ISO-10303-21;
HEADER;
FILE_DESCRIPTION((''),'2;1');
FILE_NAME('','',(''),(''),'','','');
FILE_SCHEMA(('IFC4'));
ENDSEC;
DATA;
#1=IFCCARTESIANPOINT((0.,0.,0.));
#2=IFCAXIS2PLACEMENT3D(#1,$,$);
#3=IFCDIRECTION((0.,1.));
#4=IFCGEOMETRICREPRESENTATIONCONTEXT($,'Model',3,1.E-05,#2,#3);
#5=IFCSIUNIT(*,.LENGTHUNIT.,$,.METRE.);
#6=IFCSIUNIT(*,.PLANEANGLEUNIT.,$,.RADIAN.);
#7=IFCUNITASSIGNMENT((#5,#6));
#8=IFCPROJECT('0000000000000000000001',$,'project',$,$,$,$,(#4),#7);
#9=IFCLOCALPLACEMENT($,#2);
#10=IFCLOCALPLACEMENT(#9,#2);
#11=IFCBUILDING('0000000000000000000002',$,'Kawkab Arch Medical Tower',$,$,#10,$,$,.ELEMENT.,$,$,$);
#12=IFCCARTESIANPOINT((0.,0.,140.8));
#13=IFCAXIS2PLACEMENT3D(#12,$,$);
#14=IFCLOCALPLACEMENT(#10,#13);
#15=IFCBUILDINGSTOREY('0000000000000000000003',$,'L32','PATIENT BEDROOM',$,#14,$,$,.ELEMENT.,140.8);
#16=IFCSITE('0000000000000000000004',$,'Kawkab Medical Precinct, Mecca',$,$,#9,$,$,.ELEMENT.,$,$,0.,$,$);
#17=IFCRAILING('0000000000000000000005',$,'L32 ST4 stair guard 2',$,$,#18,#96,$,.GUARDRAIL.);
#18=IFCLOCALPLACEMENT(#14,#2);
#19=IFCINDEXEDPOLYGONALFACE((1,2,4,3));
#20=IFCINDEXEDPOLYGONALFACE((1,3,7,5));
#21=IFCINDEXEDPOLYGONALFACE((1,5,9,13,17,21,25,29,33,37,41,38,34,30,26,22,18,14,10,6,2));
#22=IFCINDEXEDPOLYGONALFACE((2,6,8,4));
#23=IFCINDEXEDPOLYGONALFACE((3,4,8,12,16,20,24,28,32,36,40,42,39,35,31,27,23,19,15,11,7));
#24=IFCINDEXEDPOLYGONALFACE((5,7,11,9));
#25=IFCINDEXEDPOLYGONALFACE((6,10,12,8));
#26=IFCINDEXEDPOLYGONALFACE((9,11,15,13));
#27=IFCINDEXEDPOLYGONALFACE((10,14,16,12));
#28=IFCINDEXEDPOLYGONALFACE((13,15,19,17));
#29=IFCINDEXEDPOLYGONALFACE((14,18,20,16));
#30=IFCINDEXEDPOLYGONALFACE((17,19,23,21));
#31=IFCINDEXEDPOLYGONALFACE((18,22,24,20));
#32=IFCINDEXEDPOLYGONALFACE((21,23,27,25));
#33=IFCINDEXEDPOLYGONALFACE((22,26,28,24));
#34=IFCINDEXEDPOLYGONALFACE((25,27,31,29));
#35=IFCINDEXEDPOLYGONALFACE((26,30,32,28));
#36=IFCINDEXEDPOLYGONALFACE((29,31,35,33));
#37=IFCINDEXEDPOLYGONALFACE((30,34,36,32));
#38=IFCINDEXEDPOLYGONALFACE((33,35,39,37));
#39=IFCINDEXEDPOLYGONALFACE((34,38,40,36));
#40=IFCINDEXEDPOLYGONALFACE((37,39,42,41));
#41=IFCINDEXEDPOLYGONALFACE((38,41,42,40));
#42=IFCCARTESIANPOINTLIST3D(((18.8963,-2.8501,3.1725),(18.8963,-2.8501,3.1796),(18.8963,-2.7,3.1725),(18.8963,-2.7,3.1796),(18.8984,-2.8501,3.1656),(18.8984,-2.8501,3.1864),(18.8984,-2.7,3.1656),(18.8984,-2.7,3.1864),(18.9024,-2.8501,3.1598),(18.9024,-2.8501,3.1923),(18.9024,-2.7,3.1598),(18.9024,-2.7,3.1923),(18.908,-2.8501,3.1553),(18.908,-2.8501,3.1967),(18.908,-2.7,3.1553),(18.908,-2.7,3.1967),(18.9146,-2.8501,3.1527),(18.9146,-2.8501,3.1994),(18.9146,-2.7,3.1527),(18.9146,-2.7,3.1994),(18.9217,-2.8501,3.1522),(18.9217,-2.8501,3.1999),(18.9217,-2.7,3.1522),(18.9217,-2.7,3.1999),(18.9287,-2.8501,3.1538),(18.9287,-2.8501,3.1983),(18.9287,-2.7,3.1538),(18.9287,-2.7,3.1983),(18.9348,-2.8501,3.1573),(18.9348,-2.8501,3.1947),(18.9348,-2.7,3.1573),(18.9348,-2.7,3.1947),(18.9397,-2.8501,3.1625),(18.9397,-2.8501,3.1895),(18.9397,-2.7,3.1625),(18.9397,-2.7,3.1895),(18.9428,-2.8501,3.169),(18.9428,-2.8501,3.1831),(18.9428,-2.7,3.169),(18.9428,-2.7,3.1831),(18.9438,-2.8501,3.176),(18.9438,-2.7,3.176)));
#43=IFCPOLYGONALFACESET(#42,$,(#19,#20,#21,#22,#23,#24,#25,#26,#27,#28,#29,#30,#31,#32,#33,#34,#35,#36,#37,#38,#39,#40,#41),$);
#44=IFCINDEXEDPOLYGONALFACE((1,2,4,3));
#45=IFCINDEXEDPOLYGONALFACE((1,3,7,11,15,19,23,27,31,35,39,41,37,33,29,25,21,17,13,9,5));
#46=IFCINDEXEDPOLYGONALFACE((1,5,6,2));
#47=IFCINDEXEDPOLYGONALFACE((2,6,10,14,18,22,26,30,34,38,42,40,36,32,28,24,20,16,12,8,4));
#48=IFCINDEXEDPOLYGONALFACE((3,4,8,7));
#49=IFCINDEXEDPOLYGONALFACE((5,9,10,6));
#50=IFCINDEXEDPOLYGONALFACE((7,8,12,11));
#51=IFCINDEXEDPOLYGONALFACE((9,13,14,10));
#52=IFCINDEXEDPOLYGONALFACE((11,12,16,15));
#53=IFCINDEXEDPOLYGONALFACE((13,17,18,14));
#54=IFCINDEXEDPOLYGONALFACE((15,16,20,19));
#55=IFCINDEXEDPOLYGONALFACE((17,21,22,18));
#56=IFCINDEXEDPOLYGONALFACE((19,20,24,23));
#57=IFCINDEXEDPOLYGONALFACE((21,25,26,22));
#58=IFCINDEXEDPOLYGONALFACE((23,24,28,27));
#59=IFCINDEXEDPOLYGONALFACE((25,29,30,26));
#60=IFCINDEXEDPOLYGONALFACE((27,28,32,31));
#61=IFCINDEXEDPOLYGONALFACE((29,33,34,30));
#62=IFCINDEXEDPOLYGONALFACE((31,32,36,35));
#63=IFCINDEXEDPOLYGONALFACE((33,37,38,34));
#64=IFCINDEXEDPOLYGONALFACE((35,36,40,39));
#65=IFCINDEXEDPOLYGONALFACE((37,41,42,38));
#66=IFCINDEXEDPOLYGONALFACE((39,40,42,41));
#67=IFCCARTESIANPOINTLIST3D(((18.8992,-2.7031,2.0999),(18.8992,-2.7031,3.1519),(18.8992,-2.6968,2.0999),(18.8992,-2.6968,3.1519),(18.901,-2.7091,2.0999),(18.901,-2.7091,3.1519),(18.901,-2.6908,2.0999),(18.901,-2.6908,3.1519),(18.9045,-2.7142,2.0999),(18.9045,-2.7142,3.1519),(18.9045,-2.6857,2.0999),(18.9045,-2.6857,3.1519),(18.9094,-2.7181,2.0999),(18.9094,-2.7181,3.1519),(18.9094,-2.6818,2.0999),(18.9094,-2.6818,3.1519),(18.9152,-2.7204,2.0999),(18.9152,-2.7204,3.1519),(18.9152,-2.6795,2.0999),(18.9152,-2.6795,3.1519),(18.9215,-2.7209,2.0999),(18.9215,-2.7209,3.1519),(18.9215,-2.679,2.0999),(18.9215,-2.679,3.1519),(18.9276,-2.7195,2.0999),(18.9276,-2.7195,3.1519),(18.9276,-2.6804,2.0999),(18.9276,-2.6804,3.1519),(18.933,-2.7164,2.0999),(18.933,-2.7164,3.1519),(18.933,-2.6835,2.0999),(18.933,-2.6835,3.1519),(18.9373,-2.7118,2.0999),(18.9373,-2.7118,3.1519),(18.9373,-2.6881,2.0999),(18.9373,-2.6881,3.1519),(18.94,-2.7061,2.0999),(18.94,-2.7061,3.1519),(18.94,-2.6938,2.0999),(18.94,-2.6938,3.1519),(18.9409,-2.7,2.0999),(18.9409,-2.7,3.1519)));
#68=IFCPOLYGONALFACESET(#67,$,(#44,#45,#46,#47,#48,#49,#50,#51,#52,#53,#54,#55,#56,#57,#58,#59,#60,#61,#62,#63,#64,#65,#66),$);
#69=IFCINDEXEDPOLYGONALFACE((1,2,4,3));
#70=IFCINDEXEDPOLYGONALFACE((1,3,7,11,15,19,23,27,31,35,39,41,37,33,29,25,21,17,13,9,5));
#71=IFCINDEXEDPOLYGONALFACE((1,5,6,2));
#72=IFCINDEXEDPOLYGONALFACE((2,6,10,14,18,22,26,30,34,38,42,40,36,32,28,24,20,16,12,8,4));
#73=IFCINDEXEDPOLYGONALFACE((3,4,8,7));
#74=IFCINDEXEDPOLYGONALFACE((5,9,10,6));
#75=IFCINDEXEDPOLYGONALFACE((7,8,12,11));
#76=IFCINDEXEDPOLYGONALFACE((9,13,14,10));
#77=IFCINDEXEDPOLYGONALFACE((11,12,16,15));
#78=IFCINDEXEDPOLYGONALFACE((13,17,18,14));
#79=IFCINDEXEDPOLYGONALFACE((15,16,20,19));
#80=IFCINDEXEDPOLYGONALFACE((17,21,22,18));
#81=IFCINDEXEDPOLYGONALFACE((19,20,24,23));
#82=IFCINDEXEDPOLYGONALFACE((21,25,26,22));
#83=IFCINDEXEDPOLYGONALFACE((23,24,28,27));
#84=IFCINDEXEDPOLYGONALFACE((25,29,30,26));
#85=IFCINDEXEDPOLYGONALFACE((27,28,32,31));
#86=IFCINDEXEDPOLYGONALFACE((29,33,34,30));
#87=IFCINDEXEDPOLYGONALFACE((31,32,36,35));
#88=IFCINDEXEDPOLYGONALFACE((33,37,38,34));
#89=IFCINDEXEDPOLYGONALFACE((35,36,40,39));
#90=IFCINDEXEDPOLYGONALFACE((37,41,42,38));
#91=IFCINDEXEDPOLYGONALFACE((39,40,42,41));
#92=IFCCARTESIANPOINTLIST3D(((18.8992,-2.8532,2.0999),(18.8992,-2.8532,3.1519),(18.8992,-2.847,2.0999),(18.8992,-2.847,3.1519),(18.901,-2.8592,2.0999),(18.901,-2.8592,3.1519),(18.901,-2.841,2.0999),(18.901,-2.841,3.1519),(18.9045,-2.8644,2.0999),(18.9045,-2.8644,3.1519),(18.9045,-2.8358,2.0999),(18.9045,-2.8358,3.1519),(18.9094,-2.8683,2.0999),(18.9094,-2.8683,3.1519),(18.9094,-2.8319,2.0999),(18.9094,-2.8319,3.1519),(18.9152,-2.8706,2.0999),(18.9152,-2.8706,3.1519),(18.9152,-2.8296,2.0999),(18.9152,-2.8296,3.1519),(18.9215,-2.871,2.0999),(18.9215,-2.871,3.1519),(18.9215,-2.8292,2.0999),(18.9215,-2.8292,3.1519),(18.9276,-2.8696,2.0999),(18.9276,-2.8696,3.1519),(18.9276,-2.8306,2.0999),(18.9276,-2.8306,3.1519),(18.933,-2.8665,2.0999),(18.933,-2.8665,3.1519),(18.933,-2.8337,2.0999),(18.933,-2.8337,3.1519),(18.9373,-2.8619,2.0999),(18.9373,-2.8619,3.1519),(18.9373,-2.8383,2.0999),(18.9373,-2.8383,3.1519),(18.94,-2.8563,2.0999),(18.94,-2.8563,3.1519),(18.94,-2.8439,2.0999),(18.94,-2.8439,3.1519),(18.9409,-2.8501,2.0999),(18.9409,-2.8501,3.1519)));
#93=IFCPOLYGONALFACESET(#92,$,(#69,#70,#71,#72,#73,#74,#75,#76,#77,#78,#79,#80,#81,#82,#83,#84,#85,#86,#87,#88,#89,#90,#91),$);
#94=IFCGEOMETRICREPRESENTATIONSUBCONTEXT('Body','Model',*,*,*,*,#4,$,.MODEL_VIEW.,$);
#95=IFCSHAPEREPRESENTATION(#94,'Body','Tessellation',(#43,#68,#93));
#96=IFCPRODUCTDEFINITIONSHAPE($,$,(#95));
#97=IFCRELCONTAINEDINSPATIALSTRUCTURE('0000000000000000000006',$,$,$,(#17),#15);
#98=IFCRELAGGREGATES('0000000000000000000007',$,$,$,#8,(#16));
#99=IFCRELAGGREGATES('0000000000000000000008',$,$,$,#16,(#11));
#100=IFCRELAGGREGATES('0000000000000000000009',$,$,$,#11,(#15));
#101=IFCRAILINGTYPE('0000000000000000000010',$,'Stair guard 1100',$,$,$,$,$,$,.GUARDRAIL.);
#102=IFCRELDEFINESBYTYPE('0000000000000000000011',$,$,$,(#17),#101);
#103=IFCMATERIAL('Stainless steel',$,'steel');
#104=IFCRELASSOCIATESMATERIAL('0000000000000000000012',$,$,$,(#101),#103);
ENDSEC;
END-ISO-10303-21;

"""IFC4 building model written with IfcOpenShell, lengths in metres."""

from ifc_helpers import new_model, si_unit, direction, frame, origin, origin_2d, place, context, subcontext, project, spatial, circle, extrude, material, type_object, element, save


model = new_model("IFC4")

# Units and contexts
model_context = context("Model", 3, precision=1e-05, world=origin(), true_north=direction((0.0, 1.0)))
body_context = subcontext(model_context, "Body", "Model", "MODEL_VIEW")
ifc_project = project(units=[si_unit("LENGTHUNIT", "METRE"), si_unit("PLANEANGLEUNIT", "RADIAN")], contexts=[model_context])

# Site, building, storey
site_placement = place(None, origin())
site = spatial("IfcSite", under=ifc_project, at=site_placement, Name="Kawkab Medical Precinct, Mecca", CompositionType="ELEMENT", RefElevation=0.0)
building_placement = place(site_placement, origin())
building = spatial("IfcBuilding", under=site, at=building_placement, Name="Kawkab Arch Medical Tower", CompositionType="ELEMENT")
storey_placement = place(building_placement, frame((0.0, 0.0, 140.8)))
storey = spatial("IfcBuildingStorey", under=building, at=storey_placement, Name="L32", Description="PATIENT BEDROOM", CompositionType="ELEMENT", Elevation=140.8)

# Railing
ifc_material_1 = material(Name="Stainless steel", Category="steel")
railing_type_1 = type_object("IfcRailingType", Name="Stair guard 1100", PredefinedType="GUARDRAIL", material=ifc_material_1)
railing_1_placement = place(storey_placement, frame((18.9199, -2.7, 2.0999)))
element("IfcRailing", 1, at=railing_1_placement, inside=storey, type_object=railing_type_1, Name="L32 ST4 stair guard 2", PredefinedType="GUARDRAIL", context=body_context, shape_type="SweptSolid", body=[
    extrude(circle(Radius=0.0239, at=origin_2d()), frame((0.0, 0.0, 1.0762), z_axis=(0.0, -1.0, 0.0), x_axis=(1.0, 0.0, 0.0)), (0.0, 0.0, 1.0), 0.1501),
    extrude(circle(Radius=0.021, at=origin_2d()), origin(), (0.0, 0.0, 1.0), 1.052),
    extrude(circle(Radius=0.021, at=origin_2d()), frame((0.0, -0.1501, 0.0)), (0.0, 0.0, 1.0), 1.052),
])

save(model, "model.ifc")
